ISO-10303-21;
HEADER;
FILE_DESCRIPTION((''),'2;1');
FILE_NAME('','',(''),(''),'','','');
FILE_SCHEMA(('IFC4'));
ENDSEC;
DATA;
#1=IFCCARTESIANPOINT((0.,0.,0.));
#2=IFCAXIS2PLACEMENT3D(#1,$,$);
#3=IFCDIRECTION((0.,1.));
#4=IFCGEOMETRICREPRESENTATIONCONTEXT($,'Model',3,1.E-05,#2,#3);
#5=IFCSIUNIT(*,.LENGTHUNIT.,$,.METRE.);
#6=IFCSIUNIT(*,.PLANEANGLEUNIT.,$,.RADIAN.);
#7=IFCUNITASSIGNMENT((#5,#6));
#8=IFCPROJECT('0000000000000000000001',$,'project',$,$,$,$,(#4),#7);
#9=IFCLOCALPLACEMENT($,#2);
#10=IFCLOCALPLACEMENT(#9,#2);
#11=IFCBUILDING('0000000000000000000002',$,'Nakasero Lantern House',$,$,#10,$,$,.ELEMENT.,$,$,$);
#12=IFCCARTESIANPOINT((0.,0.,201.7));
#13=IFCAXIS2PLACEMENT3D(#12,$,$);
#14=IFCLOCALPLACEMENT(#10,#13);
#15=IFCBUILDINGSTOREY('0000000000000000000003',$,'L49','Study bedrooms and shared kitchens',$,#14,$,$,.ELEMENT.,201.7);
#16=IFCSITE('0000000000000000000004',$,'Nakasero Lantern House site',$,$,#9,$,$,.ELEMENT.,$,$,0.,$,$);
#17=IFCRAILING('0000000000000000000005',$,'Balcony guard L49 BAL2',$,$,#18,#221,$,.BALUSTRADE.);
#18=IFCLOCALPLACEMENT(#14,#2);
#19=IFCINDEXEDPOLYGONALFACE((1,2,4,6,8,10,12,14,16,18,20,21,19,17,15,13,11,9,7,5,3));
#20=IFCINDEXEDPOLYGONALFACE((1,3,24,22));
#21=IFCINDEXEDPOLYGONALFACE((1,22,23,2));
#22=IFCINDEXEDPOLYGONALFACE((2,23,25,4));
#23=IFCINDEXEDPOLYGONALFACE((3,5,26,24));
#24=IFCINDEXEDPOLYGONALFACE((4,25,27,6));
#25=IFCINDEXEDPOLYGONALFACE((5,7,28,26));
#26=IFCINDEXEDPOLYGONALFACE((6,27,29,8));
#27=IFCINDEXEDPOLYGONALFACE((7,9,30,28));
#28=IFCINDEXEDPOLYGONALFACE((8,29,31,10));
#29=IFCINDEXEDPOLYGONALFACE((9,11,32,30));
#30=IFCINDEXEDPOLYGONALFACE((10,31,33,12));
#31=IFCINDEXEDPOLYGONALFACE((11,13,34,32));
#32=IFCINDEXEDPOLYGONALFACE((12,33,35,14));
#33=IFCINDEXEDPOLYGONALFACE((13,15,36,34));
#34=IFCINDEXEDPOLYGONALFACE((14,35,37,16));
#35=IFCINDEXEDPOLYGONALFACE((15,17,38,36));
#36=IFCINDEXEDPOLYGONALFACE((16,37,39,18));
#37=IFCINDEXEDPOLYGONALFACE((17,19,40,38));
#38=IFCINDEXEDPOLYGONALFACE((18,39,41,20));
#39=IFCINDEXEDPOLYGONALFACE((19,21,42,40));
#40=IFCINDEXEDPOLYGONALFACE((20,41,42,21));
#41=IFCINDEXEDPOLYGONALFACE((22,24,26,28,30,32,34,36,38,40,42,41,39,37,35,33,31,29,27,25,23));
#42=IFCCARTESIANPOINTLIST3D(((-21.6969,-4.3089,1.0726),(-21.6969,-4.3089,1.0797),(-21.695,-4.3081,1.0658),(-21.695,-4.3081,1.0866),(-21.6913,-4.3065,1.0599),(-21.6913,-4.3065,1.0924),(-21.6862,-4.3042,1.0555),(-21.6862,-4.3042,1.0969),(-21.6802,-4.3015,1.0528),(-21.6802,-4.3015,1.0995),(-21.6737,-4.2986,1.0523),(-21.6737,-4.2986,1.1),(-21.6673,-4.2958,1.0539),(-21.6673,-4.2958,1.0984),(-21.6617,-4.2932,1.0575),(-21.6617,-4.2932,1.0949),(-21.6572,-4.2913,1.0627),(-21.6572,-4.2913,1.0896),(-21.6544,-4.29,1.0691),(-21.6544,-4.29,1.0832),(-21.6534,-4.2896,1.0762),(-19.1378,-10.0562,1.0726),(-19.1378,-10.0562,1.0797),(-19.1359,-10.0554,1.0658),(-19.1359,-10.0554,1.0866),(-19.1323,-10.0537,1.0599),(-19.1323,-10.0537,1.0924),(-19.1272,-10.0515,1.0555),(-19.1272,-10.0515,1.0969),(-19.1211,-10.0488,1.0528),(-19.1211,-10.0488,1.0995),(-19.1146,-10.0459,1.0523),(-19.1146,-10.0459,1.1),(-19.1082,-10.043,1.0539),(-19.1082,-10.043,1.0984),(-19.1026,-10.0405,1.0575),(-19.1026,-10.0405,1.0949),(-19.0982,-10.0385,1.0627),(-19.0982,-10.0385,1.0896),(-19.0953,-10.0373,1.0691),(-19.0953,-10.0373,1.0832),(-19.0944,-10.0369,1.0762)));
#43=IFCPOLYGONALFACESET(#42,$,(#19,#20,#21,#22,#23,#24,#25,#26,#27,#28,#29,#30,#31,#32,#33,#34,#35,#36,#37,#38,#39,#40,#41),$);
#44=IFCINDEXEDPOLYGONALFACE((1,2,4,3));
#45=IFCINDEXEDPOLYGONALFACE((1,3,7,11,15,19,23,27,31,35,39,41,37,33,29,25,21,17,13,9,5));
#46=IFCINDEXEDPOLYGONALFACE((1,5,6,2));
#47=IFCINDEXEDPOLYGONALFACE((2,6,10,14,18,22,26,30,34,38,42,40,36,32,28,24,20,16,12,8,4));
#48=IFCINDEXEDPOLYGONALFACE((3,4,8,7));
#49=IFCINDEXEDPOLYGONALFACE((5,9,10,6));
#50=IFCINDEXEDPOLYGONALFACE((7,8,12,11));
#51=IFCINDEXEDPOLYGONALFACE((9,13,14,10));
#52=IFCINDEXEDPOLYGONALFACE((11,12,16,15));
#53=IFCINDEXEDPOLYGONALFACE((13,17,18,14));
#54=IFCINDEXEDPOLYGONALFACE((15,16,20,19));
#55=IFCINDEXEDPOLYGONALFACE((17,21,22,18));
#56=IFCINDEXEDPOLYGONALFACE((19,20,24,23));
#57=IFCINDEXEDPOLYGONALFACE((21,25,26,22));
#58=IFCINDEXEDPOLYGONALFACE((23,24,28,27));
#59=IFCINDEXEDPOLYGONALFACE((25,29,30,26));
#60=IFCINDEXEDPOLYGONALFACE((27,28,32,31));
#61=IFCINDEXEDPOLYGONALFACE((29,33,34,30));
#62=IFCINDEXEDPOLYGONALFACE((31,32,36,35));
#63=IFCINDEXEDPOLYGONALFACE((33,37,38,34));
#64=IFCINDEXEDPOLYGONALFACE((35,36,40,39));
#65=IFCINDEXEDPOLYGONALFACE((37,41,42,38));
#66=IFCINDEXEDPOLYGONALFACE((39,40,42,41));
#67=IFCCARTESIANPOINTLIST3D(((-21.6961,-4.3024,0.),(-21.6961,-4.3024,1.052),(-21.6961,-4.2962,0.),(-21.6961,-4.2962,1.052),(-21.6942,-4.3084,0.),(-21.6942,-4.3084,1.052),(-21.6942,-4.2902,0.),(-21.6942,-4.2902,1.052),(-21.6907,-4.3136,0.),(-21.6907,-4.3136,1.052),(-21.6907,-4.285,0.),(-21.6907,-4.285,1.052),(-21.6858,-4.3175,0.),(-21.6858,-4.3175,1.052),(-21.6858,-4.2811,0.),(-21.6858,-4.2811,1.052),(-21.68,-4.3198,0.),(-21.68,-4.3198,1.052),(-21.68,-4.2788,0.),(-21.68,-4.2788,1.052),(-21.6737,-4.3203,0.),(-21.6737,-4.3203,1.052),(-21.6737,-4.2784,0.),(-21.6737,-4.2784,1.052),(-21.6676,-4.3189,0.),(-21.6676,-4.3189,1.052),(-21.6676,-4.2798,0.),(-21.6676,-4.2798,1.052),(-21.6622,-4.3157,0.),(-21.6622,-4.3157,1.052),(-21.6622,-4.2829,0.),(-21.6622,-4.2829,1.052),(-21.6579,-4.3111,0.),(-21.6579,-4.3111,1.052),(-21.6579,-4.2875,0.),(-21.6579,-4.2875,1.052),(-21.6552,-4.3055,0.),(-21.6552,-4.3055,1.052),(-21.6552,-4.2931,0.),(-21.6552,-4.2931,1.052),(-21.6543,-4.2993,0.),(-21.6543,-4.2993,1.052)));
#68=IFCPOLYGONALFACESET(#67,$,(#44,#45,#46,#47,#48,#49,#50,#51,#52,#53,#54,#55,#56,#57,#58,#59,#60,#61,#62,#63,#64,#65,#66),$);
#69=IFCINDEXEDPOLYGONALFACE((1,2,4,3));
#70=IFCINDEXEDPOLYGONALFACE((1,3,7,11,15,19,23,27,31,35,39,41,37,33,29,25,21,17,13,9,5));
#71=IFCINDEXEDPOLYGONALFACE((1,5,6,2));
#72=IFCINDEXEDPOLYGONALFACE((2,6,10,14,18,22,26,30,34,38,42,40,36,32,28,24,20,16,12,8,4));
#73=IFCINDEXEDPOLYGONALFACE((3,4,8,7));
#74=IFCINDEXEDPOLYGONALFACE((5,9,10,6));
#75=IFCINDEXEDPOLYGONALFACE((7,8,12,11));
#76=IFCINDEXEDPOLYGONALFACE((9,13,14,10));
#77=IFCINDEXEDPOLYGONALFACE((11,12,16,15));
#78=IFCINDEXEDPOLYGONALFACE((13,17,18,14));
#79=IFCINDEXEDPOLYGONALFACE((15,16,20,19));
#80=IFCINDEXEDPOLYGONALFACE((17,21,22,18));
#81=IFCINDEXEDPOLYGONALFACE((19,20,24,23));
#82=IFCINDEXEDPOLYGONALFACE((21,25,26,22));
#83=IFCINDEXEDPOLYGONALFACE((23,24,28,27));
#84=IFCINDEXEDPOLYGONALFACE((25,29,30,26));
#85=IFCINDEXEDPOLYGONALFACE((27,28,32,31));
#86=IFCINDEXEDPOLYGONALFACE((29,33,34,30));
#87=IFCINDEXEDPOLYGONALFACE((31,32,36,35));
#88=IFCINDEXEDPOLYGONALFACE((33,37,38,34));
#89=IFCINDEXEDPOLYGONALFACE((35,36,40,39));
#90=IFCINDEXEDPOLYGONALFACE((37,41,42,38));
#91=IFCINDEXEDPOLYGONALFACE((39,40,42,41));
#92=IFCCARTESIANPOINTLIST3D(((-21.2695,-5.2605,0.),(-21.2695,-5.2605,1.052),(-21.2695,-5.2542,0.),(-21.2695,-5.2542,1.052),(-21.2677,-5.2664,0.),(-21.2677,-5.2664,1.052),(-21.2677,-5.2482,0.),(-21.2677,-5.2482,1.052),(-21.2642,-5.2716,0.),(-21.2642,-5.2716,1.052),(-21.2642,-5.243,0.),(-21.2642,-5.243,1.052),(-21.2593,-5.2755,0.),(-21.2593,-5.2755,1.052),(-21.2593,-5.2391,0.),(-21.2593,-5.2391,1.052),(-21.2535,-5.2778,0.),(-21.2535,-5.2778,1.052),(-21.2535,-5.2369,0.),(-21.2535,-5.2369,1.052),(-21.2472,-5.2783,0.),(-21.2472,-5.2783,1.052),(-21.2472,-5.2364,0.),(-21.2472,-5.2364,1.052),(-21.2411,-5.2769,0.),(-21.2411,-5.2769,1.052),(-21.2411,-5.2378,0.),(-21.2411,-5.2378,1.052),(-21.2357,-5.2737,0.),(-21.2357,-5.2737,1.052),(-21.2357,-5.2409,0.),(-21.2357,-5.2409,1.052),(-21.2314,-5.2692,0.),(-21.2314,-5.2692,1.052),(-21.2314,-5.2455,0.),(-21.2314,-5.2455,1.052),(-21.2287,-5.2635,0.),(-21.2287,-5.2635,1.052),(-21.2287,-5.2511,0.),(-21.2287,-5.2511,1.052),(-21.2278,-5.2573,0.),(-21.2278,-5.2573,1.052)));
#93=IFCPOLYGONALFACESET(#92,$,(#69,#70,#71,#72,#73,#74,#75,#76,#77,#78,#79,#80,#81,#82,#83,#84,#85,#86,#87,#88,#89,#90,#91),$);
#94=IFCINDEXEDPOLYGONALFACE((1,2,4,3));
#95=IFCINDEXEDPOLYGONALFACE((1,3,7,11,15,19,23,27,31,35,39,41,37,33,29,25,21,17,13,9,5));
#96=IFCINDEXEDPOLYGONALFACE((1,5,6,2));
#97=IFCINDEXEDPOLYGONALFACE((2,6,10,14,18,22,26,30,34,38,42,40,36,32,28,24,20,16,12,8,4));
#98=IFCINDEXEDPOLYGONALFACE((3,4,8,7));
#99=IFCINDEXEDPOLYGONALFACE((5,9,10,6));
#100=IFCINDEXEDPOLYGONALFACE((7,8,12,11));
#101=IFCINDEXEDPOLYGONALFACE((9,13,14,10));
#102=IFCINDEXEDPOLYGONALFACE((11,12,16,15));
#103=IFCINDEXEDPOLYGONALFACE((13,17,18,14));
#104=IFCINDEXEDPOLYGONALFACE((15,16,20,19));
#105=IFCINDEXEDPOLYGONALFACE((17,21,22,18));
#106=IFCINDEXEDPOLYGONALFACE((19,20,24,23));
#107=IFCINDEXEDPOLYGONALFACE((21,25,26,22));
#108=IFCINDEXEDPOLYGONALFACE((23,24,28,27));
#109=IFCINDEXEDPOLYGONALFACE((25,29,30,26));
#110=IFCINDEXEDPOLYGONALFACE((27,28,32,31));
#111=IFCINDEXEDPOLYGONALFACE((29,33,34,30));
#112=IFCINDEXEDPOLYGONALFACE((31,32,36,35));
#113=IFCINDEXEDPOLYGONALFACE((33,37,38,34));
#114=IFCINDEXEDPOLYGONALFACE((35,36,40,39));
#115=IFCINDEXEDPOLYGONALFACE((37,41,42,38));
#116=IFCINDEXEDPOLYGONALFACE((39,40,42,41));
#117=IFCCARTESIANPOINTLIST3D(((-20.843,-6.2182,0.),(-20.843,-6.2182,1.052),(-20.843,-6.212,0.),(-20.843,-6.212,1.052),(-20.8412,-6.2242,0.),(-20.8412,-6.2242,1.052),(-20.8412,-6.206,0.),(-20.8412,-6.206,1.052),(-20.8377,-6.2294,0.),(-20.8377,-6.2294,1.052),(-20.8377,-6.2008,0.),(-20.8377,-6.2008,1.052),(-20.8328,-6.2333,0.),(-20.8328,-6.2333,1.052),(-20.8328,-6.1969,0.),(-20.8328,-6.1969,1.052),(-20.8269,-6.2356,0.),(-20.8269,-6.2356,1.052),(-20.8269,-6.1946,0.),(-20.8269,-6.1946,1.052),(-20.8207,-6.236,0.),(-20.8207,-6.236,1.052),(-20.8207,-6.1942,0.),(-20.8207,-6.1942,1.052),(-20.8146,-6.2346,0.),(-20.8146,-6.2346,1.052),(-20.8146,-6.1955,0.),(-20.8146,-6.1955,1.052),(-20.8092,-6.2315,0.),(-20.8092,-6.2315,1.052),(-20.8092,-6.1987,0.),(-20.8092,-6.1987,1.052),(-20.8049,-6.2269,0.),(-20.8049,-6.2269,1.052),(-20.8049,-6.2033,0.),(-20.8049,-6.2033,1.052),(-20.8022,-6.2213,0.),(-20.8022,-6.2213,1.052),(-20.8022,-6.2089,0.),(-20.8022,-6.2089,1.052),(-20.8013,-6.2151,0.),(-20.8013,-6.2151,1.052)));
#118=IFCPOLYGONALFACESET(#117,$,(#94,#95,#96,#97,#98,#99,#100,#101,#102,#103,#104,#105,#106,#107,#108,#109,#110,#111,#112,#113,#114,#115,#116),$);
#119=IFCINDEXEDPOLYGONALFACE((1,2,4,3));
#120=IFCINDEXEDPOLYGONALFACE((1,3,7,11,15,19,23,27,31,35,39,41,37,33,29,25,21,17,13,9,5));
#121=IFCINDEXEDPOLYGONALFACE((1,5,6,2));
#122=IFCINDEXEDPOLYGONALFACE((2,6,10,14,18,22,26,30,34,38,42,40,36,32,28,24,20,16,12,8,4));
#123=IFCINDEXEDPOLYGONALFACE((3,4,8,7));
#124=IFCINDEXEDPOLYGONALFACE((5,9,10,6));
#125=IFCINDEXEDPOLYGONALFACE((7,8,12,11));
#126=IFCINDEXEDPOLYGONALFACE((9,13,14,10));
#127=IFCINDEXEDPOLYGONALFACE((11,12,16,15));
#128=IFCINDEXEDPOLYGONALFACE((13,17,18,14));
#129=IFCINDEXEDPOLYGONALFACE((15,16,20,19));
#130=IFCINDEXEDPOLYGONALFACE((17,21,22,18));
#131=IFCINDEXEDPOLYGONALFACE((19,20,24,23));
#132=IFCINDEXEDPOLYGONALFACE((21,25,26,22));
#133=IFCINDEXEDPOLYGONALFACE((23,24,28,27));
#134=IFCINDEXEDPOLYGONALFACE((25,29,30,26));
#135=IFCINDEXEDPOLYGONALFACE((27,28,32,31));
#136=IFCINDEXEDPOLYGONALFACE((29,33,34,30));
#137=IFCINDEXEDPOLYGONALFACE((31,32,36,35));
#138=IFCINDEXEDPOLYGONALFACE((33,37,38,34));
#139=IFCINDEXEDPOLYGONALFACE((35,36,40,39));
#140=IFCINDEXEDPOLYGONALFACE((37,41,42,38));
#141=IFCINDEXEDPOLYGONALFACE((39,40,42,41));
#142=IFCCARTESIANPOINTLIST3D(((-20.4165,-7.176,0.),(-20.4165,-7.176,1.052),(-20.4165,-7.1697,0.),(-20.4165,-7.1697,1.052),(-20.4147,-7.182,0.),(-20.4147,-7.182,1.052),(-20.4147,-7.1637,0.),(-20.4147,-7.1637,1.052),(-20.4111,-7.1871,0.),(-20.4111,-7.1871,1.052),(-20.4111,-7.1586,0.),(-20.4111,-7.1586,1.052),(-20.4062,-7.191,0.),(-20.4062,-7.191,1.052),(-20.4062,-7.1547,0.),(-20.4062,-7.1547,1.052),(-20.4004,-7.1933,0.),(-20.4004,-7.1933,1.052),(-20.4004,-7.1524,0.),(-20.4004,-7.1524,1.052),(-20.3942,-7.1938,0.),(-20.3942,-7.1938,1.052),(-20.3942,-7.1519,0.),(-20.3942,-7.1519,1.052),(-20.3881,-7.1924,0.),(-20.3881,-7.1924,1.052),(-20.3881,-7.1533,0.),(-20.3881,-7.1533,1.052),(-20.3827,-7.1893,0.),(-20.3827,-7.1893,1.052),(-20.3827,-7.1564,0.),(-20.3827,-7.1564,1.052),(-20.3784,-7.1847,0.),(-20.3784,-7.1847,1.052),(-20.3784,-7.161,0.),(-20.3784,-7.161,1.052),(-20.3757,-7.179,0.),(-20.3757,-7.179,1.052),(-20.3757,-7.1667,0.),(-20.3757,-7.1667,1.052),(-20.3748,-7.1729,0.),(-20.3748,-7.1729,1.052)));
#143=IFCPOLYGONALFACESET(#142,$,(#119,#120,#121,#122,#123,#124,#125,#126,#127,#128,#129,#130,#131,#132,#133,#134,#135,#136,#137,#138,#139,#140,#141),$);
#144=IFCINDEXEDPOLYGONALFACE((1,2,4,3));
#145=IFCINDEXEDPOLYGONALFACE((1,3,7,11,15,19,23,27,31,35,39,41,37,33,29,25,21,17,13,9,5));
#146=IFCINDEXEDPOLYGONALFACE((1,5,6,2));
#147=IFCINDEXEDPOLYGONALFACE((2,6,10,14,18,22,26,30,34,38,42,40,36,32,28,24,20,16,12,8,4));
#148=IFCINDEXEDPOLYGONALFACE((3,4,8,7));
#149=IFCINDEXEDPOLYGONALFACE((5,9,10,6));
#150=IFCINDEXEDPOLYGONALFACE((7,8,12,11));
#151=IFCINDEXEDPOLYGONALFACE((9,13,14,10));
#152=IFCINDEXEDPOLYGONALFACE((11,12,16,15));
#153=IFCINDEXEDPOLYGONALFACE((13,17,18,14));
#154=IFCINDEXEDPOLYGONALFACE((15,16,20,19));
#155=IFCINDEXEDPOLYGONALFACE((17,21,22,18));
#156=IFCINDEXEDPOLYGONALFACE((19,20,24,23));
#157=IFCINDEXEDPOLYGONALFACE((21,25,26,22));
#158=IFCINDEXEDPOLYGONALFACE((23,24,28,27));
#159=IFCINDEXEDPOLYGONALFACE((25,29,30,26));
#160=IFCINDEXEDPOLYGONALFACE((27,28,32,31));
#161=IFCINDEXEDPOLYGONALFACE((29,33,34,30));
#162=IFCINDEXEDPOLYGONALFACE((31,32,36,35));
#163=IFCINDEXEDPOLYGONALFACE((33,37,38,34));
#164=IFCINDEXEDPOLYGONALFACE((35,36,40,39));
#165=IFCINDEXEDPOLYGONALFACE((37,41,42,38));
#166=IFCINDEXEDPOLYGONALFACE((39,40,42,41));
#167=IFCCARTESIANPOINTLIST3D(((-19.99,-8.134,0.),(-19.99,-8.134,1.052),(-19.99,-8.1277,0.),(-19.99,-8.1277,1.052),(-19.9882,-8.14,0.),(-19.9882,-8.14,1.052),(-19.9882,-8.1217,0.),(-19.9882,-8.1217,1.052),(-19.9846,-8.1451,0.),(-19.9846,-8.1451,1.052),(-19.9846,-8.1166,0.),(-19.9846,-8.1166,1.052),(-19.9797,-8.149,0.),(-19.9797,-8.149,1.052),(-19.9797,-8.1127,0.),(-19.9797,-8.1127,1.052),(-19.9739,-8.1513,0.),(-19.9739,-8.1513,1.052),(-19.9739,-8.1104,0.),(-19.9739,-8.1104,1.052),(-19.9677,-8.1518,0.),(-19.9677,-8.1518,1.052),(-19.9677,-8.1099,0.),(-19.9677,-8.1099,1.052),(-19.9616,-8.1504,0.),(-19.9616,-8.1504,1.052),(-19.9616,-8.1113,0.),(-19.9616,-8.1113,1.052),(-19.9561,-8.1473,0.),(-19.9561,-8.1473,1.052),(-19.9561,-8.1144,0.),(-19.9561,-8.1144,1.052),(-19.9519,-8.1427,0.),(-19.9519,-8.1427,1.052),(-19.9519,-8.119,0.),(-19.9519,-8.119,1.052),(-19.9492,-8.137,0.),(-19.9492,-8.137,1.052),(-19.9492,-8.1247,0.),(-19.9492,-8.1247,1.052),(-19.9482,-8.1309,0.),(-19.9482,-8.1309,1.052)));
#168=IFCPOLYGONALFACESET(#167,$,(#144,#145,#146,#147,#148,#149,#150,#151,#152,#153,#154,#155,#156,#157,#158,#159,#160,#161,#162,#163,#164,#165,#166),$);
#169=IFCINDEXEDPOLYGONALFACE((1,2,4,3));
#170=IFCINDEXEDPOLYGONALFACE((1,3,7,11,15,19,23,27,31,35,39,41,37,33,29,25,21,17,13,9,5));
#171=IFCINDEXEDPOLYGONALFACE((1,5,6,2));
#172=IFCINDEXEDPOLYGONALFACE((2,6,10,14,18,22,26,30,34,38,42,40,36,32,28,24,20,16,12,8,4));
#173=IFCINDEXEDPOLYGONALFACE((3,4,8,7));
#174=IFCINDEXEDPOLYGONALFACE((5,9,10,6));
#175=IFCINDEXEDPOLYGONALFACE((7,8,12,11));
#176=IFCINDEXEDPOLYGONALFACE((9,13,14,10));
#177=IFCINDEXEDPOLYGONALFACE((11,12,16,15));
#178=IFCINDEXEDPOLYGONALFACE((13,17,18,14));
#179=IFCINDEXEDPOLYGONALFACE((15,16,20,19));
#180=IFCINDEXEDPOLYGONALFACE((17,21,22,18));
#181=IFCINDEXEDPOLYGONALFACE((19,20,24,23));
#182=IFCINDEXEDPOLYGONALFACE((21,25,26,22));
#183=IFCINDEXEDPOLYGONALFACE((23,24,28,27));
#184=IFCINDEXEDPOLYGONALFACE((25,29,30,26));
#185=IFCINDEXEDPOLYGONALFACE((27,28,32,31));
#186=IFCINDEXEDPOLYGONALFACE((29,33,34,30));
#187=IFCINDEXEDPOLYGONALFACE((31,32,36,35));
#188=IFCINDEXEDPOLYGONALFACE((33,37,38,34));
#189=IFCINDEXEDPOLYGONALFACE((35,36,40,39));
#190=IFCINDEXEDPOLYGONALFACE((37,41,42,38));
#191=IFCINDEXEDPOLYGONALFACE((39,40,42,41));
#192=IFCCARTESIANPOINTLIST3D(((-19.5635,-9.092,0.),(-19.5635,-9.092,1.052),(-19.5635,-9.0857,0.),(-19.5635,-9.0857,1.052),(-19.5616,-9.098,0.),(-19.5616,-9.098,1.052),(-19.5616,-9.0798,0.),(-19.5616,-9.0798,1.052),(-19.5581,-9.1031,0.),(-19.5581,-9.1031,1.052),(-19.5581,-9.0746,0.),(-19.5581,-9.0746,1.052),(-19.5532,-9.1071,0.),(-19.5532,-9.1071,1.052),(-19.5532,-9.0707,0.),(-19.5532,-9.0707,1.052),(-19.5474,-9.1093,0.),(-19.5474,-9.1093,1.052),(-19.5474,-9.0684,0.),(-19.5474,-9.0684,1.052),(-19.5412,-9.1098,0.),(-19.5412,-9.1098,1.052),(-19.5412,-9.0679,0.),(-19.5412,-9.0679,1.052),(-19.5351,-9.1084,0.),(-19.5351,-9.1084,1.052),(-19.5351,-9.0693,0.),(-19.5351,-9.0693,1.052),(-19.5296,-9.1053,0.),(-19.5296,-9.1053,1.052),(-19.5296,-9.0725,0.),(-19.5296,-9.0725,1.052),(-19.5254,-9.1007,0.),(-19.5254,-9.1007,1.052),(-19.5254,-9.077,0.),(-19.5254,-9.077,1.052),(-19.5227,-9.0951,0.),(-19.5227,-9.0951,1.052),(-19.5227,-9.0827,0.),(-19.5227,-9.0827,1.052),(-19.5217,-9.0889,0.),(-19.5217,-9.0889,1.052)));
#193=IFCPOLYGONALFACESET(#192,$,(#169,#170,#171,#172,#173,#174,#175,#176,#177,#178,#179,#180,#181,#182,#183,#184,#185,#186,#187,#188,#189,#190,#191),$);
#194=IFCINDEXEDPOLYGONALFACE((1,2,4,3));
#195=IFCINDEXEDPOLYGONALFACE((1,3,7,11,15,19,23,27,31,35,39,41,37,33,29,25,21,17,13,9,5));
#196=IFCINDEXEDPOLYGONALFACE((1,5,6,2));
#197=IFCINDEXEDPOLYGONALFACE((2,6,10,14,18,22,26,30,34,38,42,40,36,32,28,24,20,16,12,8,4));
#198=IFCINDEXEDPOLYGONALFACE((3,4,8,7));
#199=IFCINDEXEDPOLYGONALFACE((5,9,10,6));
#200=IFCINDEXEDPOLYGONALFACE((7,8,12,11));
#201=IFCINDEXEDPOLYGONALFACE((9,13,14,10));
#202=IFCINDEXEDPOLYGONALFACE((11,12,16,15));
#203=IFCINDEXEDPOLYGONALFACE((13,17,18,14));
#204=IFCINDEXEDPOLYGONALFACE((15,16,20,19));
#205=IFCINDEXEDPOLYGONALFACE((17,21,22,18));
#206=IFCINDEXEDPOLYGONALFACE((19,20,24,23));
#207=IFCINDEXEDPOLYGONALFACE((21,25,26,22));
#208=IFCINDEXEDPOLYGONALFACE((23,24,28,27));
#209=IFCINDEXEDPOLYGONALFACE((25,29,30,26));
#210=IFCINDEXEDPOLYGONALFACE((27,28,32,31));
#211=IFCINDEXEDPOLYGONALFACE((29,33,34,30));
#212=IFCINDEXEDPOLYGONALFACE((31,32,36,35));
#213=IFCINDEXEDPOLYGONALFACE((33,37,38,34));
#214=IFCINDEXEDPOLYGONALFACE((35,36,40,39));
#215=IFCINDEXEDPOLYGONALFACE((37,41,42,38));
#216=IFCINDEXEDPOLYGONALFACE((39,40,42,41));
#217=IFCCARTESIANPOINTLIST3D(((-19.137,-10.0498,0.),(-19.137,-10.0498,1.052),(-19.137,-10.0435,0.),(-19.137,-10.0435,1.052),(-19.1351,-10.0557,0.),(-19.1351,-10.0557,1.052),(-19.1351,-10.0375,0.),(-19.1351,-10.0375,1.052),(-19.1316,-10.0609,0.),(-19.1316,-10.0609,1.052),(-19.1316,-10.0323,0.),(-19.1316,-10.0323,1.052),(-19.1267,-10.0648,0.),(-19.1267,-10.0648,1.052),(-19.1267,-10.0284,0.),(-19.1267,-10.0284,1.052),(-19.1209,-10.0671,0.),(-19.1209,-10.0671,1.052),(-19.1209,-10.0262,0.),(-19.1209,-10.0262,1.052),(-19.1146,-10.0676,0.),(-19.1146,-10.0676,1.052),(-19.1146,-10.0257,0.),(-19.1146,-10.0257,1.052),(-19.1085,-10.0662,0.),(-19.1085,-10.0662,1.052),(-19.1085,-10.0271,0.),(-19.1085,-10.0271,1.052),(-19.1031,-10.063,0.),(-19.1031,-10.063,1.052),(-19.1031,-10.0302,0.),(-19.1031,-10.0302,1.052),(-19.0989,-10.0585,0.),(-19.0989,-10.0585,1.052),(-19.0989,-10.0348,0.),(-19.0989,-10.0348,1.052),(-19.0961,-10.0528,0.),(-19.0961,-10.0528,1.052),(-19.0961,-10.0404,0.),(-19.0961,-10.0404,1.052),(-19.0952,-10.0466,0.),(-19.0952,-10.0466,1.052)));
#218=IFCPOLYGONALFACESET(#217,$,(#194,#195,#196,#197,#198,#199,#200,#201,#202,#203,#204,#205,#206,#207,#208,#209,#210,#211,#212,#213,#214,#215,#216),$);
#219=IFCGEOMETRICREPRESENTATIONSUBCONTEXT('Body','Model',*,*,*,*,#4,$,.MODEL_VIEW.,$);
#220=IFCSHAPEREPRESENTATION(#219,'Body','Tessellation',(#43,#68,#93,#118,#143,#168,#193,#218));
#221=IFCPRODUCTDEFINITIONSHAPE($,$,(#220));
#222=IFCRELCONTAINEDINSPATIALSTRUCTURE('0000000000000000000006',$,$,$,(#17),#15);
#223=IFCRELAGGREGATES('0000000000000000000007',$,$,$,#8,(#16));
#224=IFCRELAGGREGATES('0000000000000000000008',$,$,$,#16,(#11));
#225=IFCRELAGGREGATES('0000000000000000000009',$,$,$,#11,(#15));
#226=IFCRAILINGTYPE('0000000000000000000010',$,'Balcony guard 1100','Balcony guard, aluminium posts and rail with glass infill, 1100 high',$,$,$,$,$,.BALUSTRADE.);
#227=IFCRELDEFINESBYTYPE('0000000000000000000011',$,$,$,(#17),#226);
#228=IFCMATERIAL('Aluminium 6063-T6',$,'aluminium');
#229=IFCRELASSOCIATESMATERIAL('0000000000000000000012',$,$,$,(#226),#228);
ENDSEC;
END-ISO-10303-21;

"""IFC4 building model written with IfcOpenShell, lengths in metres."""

from ifc_helpers import new_model, si_unit, direction, frame, origin, origin_2d, place, context, subcontext, project, spatial, circle, extrude, material, type_object, element, save


model = new_model("IFC4")

# Units and contexts
model_context = context("Model", 3, precision=1e-05, world=origin(), true_north=direction((0.0, 1.0)))
body_context = subcontext(model_context, "Body", "Model", "MODEL_VIEW")
ifc_project = project(units=[si_unit("LENGTHUNIT", "METRE"), si_unit("PLANEANGLEUNIT", "RADIAN")], contexts=[model_context])

# Site, building, storey
site_placement = place(None, origin())
site = spatial("IfcSite", under=ifc_project, at=site_placement, Name="Nakasero Lantern House site", CompositionType="ELEMENT", RefElevation=0.0)
building_placement = place(site_placement, origin())
building = spatial("IfcBuilding", under=site, at=building_placement, Name="Nakasero Lantern House", CompositionType="ELEMENT")
storey_placement = place(building_placement, frame((0.0, 0.0, 201.7)))
storey = spatial("IfcBuildingStorey", under=building, at=storey_placement, Name="L49", Description="Study bedrooms and shared kitchens", CompositionType="ELEMENT", Elevation=201.7)

# Railing
ifc_material_1 = material(Name="Aluminium 6063-T6", Category="aluminium")
railing_type = type_object("IfcRailingType", Name="Balcony guard 1100", Description="Balcony guard, aluminium posts and rail with glass infill, 1100 high", PredefinedType="BALUSTRADE", material=ifc_material_1)
railing_placement = place(storey_placement, frame((-21.6753, -4.2993, 0.0)))
element("IfcRailing", 1, at=railing_placement, inside=storey, type_object=railing_type, Name="Balcony guard L49 BAL2", PredefinedType="BALUSTRADE", context=body_context, shape_type="SweptSolid", body=[
    extrude(circle(Radius=0.0239, at=origin_2d()), frame((0.0, 0.0, 1.0762), z_axis=(0.406765, -0.913533, 0.0), x_axis=(0.913533, 0.406765, 0.0)), (0.0, 0.0, 1.0), 6.2913),
    extrude(circle(Radius=0.021, at=origin_2d()), origin(), (0.0, 0.0, 1.0), 1.052),
    extrude(circle(Radius=0.021, at=origin_2d()), frame((0.4265, -0.958, 0.0)), (0.0, 0.0, 1.0), 1.052),
    extrude(circle(Radius=0.021, at=origin_2d()), frame((0.853, -1.9158, 0.0)), (0.0, 0.0, 1.0), 1.052),
    extrude(circle(Radius=0.021, at=origin_2d()), frame((1.2795, -2.8735, 0.0)), (0.0, 0.0, 1.0), 1.052),
    extrude(circle(Radius=0.021, at=origin_2d()), frame((1.7061, -3.8315, 0.0)), (0.0, 0.0, 1.0), 1.052),
    extrude(circle(Radius=0.021, at=origin_2d()), frame((2.1326, -4.7896, 0.0)), (0.0, 0.0, 1.0), 1.052),
    extrude(circle(Radius=0.021, at=origin_2d()), frame((2.5591, -5.7473, 0.0)), (0.0, 0.0, 1.0), 1.052),
])

save(model, "model.ifc")
